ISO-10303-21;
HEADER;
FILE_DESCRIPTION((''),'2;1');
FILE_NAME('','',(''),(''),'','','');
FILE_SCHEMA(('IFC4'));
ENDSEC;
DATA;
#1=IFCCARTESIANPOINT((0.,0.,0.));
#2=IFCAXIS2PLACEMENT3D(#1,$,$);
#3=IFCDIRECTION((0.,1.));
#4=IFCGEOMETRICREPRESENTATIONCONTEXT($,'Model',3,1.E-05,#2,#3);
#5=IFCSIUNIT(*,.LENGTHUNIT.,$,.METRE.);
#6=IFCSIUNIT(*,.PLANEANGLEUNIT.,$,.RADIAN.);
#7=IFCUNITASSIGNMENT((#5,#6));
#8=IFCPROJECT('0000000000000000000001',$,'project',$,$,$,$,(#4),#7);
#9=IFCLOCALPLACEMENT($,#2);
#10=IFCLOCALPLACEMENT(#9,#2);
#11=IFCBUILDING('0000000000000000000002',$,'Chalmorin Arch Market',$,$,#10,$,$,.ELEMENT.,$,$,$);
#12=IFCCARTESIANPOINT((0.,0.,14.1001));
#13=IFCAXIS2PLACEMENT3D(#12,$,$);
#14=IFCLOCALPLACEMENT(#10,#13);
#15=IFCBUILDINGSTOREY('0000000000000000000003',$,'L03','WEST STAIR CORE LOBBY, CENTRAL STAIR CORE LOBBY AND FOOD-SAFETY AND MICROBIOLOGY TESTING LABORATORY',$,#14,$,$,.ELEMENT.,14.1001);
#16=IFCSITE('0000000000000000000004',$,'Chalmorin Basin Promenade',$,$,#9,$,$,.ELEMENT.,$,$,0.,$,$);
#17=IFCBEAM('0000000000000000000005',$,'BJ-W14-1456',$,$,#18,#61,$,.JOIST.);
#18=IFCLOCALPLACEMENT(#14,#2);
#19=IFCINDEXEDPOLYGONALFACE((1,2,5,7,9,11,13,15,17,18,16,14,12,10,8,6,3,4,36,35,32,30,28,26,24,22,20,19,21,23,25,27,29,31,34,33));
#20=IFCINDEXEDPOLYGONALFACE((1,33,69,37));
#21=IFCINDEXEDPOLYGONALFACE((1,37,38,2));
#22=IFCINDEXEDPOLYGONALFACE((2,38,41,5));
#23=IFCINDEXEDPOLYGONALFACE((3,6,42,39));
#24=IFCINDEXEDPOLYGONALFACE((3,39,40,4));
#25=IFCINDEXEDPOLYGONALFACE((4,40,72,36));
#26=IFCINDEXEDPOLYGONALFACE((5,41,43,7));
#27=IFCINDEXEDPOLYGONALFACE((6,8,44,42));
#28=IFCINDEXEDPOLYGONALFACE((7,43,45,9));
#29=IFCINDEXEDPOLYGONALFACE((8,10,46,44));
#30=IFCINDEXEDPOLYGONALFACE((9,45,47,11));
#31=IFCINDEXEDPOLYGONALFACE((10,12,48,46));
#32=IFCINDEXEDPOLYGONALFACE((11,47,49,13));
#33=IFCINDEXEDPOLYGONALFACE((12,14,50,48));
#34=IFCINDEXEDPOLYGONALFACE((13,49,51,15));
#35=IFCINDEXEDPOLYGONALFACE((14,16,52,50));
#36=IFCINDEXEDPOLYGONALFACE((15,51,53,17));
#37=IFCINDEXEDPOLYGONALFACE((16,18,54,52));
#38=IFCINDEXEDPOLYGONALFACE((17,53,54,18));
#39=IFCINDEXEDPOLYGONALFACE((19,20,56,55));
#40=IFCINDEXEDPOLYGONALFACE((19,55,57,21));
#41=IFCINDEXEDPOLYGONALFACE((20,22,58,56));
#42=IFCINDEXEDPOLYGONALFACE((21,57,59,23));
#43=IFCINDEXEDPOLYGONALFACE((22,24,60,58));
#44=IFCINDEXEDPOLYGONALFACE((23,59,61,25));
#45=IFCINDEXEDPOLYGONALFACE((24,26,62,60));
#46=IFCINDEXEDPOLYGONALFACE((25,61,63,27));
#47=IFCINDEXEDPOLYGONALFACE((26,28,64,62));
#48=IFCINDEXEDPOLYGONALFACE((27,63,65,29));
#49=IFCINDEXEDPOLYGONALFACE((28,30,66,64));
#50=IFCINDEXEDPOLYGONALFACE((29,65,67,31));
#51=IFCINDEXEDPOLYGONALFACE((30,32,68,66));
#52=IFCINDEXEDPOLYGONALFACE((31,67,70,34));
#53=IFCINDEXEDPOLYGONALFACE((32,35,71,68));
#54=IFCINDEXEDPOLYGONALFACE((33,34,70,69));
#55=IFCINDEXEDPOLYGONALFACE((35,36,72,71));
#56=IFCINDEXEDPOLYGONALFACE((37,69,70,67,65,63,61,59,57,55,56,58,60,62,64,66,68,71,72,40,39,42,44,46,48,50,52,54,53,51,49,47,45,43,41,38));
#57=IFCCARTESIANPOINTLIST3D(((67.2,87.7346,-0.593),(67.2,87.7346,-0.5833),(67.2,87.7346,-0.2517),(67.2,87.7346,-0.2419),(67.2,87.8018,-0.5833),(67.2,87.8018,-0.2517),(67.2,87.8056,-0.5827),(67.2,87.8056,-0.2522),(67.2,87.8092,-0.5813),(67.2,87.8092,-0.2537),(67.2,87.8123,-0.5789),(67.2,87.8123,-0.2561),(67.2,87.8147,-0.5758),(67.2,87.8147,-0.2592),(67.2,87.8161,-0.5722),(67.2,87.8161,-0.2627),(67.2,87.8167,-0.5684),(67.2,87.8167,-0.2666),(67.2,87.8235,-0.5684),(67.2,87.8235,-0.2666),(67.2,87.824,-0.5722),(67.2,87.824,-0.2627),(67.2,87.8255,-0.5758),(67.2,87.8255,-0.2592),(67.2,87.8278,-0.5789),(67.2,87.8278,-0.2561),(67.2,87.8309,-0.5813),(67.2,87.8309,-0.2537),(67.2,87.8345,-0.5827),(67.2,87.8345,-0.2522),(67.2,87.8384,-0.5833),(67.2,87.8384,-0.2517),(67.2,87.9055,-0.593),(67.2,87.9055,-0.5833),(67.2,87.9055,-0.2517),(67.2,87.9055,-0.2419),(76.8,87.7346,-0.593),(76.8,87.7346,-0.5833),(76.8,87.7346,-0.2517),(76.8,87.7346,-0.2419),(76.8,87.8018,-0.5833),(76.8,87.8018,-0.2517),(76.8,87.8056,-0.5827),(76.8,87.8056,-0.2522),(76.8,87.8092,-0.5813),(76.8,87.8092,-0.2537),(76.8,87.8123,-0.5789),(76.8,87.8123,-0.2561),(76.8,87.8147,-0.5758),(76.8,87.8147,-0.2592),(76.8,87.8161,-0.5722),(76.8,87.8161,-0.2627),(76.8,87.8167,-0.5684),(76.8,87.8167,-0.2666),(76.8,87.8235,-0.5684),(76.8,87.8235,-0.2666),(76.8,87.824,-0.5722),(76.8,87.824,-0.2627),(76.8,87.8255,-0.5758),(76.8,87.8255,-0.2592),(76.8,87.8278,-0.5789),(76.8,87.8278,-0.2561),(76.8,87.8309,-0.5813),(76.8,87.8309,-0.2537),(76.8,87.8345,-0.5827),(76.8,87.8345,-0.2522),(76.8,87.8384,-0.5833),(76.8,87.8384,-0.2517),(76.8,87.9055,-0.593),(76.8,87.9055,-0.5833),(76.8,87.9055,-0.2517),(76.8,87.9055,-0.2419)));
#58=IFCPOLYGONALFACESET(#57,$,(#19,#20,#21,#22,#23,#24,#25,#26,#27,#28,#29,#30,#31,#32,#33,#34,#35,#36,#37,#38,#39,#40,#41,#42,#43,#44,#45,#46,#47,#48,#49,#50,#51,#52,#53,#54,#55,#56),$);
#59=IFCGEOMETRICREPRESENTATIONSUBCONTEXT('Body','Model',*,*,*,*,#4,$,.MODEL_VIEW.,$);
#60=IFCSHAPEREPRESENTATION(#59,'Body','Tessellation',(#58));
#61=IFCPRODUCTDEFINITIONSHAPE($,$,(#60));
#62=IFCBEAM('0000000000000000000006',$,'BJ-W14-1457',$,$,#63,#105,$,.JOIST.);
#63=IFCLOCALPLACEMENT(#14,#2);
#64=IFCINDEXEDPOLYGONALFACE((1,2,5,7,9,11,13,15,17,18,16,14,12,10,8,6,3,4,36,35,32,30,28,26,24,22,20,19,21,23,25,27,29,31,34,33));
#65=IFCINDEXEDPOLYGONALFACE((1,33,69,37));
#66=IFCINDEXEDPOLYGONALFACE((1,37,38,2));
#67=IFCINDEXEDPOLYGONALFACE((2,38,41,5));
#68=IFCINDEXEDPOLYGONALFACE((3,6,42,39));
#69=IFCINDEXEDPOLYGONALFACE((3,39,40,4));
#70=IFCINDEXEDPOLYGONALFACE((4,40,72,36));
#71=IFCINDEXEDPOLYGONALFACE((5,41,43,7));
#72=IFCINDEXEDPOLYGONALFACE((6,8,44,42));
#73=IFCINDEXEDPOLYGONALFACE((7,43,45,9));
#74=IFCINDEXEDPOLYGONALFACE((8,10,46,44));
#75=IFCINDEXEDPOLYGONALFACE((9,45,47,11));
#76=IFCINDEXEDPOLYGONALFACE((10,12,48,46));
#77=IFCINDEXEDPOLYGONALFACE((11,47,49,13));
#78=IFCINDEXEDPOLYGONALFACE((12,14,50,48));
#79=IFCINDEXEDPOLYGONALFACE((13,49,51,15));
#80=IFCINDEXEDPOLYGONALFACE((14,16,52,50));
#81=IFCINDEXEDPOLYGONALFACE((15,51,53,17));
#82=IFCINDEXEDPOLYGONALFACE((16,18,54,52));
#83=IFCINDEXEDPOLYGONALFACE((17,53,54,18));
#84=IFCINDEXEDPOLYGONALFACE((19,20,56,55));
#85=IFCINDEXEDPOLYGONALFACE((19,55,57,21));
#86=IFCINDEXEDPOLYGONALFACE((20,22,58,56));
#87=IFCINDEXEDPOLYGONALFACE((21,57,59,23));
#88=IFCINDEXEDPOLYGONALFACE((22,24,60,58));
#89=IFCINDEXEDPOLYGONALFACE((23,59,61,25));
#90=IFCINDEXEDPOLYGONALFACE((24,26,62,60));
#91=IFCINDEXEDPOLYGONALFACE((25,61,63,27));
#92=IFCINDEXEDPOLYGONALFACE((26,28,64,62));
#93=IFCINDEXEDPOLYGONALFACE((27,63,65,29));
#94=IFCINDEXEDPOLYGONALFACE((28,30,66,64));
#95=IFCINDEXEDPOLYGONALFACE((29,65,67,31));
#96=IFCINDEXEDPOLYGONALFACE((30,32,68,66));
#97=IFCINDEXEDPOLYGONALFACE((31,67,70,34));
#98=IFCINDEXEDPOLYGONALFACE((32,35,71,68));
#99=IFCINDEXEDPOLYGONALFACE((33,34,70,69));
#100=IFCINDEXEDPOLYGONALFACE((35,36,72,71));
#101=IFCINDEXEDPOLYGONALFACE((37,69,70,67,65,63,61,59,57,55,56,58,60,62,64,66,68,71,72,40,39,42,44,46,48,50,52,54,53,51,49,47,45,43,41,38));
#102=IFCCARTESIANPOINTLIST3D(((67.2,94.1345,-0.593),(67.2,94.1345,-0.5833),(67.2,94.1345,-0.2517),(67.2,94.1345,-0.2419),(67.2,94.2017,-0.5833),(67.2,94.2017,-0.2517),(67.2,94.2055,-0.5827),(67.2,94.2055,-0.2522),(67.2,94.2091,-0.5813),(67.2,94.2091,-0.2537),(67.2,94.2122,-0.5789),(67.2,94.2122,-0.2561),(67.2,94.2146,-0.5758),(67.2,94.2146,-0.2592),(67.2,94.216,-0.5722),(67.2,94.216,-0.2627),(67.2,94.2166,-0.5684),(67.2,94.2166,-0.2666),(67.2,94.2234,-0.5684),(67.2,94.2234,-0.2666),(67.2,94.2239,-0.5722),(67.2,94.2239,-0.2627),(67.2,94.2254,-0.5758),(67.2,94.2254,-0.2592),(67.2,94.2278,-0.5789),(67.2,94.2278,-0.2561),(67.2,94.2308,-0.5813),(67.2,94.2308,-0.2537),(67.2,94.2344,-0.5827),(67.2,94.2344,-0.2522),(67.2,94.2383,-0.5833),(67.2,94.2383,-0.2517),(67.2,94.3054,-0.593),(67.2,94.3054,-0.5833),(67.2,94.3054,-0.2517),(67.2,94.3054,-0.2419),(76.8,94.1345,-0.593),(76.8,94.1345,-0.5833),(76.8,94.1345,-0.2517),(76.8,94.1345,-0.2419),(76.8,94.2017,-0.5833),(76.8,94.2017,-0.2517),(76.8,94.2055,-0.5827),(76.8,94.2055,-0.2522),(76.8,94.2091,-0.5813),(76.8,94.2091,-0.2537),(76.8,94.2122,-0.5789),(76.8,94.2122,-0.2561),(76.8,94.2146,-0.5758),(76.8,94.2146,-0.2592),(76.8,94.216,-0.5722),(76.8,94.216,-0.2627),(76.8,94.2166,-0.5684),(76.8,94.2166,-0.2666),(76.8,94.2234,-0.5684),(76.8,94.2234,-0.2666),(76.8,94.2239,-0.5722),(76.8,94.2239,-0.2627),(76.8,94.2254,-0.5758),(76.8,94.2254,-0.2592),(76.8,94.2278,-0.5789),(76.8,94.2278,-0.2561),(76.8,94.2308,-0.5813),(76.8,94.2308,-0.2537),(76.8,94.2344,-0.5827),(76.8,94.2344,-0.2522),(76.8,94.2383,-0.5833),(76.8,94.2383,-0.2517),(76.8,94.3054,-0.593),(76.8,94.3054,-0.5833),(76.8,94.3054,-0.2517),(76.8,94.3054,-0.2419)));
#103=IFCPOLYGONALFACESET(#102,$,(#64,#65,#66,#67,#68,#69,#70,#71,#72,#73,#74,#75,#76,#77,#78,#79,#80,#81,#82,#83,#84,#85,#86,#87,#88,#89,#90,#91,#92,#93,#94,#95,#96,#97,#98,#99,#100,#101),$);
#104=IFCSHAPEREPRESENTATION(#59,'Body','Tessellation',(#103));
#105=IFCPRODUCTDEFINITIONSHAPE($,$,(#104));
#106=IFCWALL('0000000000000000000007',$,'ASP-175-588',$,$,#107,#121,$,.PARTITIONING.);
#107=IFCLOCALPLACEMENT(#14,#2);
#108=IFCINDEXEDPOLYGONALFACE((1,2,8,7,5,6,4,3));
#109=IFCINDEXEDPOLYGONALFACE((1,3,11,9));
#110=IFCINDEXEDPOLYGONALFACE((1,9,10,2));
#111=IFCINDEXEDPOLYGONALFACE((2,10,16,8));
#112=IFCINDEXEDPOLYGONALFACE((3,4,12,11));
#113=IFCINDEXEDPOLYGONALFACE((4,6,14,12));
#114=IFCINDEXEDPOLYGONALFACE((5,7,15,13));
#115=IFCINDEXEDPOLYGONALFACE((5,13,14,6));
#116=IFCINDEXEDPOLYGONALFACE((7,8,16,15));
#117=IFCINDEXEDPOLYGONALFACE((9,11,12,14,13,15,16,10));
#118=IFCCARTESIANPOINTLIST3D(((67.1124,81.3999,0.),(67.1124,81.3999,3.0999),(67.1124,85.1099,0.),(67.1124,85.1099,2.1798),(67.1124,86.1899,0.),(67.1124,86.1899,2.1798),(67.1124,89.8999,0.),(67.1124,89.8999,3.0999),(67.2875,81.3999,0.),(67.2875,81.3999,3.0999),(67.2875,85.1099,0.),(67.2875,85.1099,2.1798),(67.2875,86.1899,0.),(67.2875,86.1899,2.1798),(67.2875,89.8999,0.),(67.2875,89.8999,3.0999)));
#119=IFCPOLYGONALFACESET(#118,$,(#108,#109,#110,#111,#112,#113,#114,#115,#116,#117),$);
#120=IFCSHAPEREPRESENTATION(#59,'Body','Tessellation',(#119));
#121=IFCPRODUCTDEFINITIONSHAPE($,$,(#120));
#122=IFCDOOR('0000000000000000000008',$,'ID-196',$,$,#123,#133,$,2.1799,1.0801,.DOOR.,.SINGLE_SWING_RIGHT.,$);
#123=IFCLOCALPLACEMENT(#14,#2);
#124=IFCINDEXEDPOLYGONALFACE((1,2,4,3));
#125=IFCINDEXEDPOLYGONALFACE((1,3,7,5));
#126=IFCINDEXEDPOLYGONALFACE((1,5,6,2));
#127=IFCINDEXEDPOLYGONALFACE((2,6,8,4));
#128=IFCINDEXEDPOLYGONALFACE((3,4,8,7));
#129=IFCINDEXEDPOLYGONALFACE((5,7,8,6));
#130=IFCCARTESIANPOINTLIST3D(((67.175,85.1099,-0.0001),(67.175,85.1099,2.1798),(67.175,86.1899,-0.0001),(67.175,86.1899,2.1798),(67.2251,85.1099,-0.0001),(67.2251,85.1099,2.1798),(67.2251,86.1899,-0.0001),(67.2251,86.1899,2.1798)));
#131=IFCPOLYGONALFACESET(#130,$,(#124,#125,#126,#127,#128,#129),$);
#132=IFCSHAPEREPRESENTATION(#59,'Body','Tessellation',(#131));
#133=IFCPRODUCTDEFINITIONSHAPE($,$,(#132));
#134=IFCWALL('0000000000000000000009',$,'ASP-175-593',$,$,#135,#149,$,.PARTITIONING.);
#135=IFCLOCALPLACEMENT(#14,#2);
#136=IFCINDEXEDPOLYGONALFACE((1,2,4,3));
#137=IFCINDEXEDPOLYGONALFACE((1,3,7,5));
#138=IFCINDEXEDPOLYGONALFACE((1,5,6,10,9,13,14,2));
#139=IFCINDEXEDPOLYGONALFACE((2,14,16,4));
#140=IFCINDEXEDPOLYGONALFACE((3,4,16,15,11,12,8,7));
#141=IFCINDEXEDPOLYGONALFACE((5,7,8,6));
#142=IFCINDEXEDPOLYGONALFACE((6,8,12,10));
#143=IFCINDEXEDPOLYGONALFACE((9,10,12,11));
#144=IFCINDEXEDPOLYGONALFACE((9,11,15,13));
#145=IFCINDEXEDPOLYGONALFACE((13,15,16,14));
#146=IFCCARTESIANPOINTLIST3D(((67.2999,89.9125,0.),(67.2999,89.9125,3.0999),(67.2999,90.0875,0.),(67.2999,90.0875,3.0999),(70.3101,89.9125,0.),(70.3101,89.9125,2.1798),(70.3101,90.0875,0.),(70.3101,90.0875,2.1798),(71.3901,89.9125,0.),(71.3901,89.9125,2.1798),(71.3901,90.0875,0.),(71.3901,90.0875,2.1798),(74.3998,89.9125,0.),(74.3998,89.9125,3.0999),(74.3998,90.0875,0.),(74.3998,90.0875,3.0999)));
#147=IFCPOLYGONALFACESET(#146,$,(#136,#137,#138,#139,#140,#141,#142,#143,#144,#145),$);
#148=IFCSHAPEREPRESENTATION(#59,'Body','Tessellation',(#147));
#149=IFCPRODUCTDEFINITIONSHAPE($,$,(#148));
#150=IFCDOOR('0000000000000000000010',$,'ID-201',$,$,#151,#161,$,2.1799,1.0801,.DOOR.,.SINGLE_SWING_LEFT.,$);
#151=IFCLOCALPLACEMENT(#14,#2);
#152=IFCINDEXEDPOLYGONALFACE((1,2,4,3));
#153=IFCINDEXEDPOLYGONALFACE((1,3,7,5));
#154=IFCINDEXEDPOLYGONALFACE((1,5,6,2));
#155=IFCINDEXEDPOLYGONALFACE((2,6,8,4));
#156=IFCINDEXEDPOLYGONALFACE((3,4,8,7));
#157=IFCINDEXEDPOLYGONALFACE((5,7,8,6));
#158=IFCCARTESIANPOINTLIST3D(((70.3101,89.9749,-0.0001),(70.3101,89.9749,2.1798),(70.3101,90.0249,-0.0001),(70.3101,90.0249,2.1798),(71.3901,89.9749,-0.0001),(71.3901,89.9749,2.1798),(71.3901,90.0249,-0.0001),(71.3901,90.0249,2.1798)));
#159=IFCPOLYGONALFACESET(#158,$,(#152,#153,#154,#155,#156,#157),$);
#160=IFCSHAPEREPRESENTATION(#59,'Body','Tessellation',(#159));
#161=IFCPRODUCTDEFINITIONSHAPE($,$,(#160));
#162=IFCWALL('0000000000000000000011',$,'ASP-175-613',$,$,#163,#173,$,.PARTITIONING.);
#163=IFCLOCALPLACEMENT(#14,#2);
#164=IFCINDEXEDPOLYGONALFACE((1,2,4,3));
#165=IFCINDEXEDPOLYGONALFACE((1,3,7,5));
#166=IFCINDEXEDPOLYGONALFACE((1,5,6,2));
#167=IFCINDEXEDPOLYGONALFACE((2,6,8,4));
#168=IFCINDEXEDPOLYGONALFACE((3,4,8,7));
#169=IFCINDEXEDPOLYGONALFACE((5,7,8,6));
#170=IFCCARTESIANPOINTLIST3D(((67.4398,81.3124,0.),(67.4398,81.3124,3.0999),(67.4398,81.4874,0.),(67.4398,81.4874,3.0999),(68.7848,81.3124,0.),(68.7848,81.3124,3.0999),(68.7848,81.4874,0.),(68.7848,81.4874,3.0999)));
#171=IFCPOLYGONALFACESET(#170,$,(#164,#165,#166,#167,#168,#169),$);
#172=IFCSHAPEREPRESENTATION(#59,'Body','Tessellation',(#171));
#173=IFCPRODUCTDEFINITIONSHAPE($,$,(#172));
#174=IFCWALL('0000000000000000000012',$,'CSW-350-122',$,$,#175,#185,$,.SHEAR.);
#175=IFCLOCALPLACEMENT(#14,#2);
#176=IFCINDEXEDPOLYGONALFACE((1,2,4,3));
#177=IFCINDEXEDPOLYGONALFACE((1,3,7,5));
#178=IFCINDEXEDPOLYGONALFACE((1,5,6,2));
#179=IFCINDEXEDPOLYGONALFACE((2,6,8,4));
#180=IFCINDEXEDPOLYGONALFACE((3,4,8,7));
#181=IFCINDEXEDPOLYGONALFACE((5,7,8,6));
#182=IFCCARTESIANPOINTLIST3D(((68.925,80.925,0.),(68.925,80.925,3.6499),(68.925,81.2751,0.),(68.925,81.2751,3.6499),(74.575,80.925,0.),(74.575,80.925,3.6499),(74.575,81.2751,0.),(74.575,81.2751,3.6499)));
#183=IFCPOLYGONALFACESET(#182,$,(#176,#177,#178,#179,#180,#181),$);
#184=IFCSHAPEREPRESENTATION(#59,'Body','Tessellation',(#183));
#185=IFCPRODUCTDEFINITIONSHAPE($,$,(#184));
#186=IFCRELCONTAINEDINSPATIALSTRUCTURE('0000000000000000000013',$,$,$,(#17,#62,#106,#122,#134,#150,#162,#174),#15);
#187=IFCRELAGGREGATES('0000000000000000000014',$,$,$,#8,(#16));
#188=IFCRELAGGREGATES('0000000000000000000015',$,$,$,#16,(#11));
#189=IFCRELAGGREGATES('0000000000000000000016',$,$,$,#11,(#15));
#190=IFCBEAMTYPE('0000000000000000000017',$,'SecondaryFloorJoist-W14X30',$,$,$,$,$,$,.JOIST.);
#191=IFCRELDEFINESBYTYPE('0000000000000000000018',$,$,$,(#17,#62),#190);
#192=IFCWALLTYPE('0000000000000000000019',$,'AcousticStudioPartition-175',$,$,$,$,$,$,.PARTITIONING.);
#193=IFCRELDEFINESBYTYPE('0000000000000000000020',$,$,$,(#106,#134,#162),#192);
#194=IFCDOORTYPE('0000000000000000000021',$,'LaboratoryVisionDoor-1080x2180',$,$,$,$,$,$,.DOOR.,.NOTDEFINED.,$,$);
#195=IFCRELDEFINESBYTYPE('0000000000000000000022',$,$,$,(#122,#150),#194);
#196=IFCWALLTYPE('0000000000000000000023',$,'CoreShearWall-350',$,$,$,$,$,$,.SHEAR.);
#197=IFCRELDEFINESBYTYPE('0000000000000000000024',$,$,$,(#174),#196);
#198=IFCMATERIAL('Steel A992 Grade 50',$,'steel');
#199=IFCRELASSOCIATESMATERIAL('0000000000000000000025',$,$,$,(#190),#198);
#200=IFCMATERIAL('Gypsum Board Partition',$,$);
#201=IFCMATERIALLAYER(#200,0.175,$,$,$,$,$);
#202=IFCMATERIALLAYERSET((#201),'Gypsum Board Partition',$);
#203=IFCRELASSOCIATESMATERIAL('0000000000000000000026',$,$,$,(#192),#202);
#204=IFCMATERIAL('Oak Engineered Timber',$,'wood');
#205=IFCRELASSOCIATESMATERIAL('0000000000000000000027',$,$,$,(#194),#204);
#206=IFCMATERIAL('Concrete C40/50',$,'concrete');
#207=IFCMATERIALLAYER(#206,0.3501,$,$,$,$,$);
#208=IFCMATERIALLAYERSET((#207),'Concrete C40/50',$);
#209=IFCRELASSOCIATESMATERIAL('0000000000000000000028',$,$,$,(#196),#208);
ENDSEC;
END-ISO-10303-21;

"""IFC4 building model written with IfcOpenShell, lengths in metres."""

from ifc_helpers import new_model, si_unit, direction, frame, frame_2d, origin, origin_2d, place, context, subcontext, project, spatial, rectangle, i_section, extrude, material, layer, layer_set, material_profile, profile_set, type_object, element, fill, save


model = new_model("IFC4")

# Units and contexts
model_context = context("Model", 3, precision=1e-05, world=origin(), true_north=direction((0.0, 1.0)))
body_context = subcontext(model_context, "Body", "Model", "MODEL_VIEW")
ifc_project = project(units=[si_unit("LENGTHUNIT", "METRE"), si_unit("PLANEANGLEUNIT", "RADIAN")], contexts=[model_context])

# Site, building, storey
site_placement = place(None, origin())
site = spatial("IfcSite", under=ifc_project, at=site_placement, Name="Chalmorin Basin Promenade", CompositionType="ELEMENT", RefElevation=0.0)
building_placement = place(site_placement, origin())
building = spatial("IfcBuilding", under=site, at=building_placement, Name="Chalmorin Arch Market", CompositionType="ELEMENT")
storey_placement = place(building_placement, frame((0.0, 0.0, 14.1001)))
storey = spatial("IfcBuildingStorey", under=building, at=storey_placement, Name="L03", Description="WEST STAIR CORE LOBBY, CENTRAL STAIR CORE LOBBY AND FOOD-SAFETY AND MICROBIOLOGY TESTING LABORATORY", CompositionType="ELEMENT", Elevation=14.1001)

# Shared definitions
ifc_material_1 = material(Name="Concrete C40/50", Category="concrete")

# Shared definitions
ifc_material_2 = material(Name="Steel A992 Grade 50", Category="steel")

# Beams
ifc_material_profile_1 = material_profile(ifc_material_2, i_section(OverallWidth=0.1709, OverallDepth=0.3511, WebThickness=0.0068, FlangeThickness=0.0098, FilletRadius=0.0149, at=origin_2d()), Name="W14X30")
ifc_profile_set_1 = profile_set([ifc_material_profile_1], Name="Steel A992 Grade 50")
beam_type_1 = type_object("IfcBeamType", Name="SecondaryFloorJoist-W14X30", PredefinedType="JOIST", material=ifc_profile_set_1)
for number, where, z_axis, x_axis, name in (
    (1, (67.2, 87.8201, -0.4175), (1.0, 0.0, 0.0), (0.0, 1.0, 0.0), "BJ-W14-1456"),
    (2, (67.2, 94.22, -0.4175), (1.0, 0.0, 0.0), (0.0, 1.0, 0.0), "BJ-W14-1457"),
):
    element("IfcBeam", number, at=place(storey_placement, frame(where, z_axis=z_axis, x_axis=x_axis)), inside=storey, type_object=beam_type_1, Name=name, PredefinedType="JOIST", context=body_context, shape_type="SweptSolid", body=[
        extrude(i_section(OverallWidth=0.1709, OverallDepth=0.3511, WebThickness=0.0068, FlangeThickness=0.0098, FilletRadius=0.0149, at=origin_2d()), origin(), (0.0, 0.0, 1.0), 9.6001),
    ])

# Walls, openings, doors
ifc_material_3 = material(Name="Gypsum Board Partition")
ifc_layer_1 = layer(ifc_material_3, 0.175)
ifc_layer_set_1 = layer_set([ifc_layer_1], Name="Gypsum Board Partition")
wall_type_1 = type_object("IfcWallType", Name="AcousticStudioPartition-175", PredefinedType="PARTITIONING", material=ifc_layer_set_1)
wall_1_placement = place(storey_placement, frame((67.2, 81.3999, 0.0), z_axis=(0.0, 0.0, 1.0), x_axis=(0.0, 1.0, 0.0)))
wall_1 = element("IfcWall", 3, at=wall_1_placement, inside=storey, type_object=wall_type_1, Name="ASP-175-588", PredefinedType="PARTITIONING", context=body_context, shape_type="SweptSolid", body=[
    extrude(rectangle(XDim=8.5, YDim=0.175, at=frame_2d((4.25, 0.0))), origin(), (0.0, 0.0, 1.0), 3.0999),
])
opening_1_placement = place(wall_1_placement, frame((3.71, 0.0, 0.0)))
opening_1 = element("IfcOpeningElement", 4, at=opening_1_placement, cuts=wall_1, PredefinedType="OPENING", context=body_context, shape_type="SweptSolid", body=[
    extrude(rectangle(XDim=1.0801, YDim=2.1799, at=frame_2d((0.54, 1.0898))), frame((0.0, 0.0974, 0.0), z_axis=(0.0, -1.0, 0.0), x_axis=(1.0, 0.0, 0.0)), (0.0, 0.0, 1.0), 0.1951),
])
ifc_material_4 = material(Name="Oak Engineered Timber", Category="wood")
door_type = type_object("IfcDoorType", Name="LaboratoryVisionDoor-1080x2180", OperationType="NOTDEFINED", PredefinedType="DOOR", material=ifc_material_4)
door_1_placement = place(opening_1_placement, origin())
door_1 = element("IfcDoor", 5, at=door_1_placement, inside=storey, type_object=door_type, Name="ID-196", OperationType="SINGLE_SWING_RIGHT", OverallHeight=2.1799, OverallWidth=1.0801, PredefinedType="DOOR", context=body_context, shape_type="SweptSolid", body=[
    extrude(rectangle(XDim=1.0801, YDim=2.1799, at=frame_2d((0.54, 1.0898))), frame((0.0, 0.0249, 0.0), z_axis=(0.0, -1.0, 0.0), x_axis=(1.0, 0.0, 0.0)), (0.0, 0.0, 1.0), 0.05),
])
fill(opening_1, door_1)
wall_2_placement = place(storey_placement, frame((67.3, 90.0, 0.0), z_axis=(0.0, 0.0, 1.0), x_axis=(1.0, 0.0, 0.0)))
wall_2 = element("IfcWall", 6, at=wall_2_placement, inside=storey, type_object=wall_type_1, Name="ASP-175-593", PredefinedType="PARTITIONING", context=body_context, shape_type="SweptSolid", body=[
    extrude(rectangle(XDim=7.0999, YDim=0.175, at=frame_2d((3.5498, 0.0))), origin(), (0.0, 0.0, 1.0), 3.0999),
])
opening_2_placement = place(wall_2_placement, frame((3.01, 0.0, 0.0)))
opening_2 = element("IfcOpeningElement", 7, at=opening_2_placement, cuts=wall_2, PredefinedType="OPENING", context=body_context, shape_type="SweptSolid", body=[
    extrude(rectangle(XDim=1.0801, YDim=2.1799, at=frame_2d((0.54, 1.0898))), frame((0.0, 0.0974, 0.0), z_axis=(0.0, -1.0, 0.0), x_axis=(1.0, 0.0, 0.0)), (0.0, 0.0, 1.0), 0.1951),
])
door_2_placement = place(opening_2_placement, origin())
door_2 = element("IfcDoor", 8, at=door_2_placement, inside=storey, type_object=door_type, Name="ID-201", OperationType="SINGLE_SWING_LEFT", OverallHeight=2.1799, OverallWidth=1.0801, PredefinedType="DOOR", context=body_context, shape_type="SweptSolid", body=[
    extrude(rectangle(XDim=1.0801, YDim=2.1799, at=frame_2d((0.54, 1.0898))), frame((0.0, 0.0249, 0.0), z_axis=(0.0, -1.0, 0.0), x_axis=(1.0, 0.0, 0.0)), (0.0, 0.0, 1.0), 0.05),
])
fill(opening_2, door_2)

# Walls
wall_3_placement = place(storey_placement, frame((67.4399, 81.3999, 0.0), z_axis=(0.0, 0.0, 1.0), x_axis=(1.0, 0.0, 0.0)))
element("IfcWall", 9, at=wall_3_placement, inside=storey, type_object=wall_type_1, Name="ASP-175-613", PredefinedType="PARTITIONING", context=body_context, shape_type="SweptSolid", body=[
    extrude(rectangle(XDim=1.345, YDim=0.175, at=frame_2d((0.6724, 0.0))), origin(), (0.0, 0.0, 1.0), 3.0999),
])
ifc_layer_2 = layer(ifc_material_1, 0.3501)
ifc_layer_set_2 = layer_set([ifc_layer_2], Name="Concrete C40/50")
wall_type_2 = type_object("IfcWallType", Name="CoreShearWall-350", PredefinedType="SHEAR", material=ifc_layer_set_2)
wall_4_placement = place(storey_placement, frame((68.925, 81.1001, 0.0), z_axis=(0.0, 0.0, 1.0), x_axis=(1.0, 0.0, 0.0)))
element("IfcWall", 10, at=wall_4_placement, inside=storey, type_object=wall_type_2, Name="CSW-350-122", PredefinedType="SHEAR", context=body_context, shape_type="SweptSolid", body=[
    extrude(rectangle(XDim=5.6499, YDim=0.3501, at=frame_2d((2.825, 0.0))), origin(), (0.0, 0.0, 1.0), 3.6499),
])

save(model, "model.ifc")
